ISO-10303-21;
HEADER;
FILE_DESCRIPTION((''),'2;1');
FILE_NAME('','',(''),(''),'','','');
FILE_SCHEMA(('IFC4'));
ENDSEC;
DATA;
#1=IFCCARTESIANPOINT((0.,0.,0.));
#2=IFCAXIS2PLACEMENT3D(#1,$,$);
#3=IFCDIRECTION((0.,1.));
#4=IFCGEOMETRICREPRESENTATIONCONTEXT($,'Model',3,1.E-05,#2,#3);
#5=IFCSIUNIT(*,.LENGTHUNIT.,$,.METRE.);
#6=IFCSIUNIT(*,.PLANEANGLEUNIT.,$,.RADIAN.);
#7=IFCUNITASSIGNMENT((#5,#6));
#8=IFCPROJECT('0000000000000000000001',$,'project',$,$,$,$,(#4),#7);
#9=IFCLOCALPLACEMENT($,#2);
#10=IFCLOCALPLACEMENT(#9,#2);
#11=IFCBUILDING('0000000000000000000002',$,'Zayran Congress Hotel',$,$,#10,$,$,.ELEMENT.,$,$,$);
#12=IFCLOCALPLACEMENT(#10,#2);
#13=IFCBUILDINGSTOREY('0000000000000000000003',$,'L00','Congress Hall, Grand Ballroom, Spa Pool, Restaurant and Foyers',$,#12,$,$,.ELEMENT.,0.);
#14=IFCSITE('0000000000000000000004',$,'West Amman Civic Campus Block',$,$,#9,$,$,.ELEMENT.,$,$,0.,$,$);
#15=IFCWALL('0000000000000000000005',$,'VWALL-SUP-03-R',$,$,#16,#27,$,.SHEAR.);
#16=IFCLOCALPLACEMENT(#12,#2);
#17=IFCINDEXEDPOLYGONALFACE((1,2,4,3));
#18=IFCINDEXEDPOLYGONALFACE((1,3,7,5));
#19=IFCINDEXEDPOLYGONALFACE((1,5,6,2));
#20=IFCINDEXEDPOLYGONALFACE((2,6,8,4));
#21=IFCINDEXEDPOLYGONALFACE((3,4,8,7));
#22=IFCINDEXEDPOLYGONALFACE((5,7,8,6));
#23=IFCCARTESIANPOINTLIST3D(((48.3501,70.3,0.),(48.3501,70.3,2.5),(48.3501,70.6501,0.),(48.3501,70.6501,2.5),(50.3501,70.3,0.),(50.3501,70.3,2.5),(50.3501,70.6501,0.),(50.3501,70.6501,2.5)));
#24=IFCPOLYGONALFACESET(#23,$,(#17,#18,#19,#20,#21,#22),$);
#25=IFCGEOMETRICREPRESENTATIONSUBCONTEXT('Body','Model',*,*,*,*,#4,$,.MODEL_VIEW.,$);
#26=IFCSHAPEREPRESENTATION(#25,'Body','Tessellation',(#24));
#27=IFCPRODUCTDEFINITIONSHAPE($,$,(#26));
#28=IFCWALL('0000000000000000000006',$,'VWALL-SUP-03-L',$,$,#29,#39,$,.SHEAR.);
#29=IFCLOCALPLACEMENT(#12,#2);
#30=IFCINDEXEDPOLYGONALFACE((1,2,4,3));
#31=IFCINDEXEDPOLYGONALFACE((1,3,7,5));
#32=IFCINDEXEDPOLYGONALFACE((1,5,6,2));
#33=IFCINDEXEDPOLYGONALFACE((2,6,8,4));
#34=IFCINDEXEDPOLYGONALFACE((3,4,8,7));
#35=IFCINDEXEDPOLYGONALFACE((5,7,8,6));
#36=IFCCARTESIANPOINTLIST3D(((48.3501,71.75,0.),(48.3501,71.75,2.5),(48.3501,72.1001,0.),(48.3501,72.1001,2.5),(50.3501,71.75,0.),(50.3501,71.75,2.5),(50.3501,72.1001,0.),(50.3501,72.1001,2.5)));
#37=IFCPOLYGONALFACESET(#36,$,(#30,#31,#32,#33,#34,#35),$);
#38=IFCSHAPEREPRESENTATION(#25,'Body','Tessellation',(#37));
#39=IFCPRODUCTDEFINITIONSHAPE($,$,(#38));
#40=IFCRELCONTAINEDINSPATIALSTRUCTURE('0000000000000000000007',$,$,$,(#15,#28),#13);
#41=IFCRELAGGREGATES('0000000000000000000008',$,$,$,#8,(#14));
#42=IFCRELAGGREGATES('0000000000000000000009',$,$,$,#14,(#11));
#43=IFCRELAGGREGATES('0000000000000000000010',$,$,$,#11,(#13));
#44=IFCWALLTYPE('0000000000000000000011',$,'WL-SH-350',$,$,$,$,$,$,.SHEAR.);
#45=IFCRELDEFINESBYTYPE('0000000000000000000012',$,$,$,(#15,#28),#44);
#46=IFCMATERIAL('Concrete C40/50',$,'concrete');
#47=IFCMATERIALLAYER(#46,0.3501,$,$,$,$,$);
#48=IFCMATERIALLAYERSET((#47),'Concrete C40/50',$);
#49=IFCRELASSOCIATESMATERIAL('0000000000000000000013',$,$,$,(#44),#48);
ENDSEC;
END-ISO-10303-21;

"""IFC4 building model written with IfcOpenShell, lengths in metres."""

from ifc_helpers import new_model, si_unit, direction, frame, frame_2d, origin, place, context, subcontext, project, spatial, rectangle, extrude, material, layer, layer_set, type_object, element, save


model = new_model("IFC4")

# Units and contexts
model_context = context("Model", 3, precision=1e-05, world=origin(), true_north=direction((0.0, 1.0)))
body_context = subcontext(model_context, "Body", "Model", "MODEL_VIEW")
ifc_project = project(units=[si_unit("LENGTHUNIT", "METRE"), si_unit("PLANEANGLEUNIT", "RADIAN")], contexts=[model_context])

# Site, building, storey
site_placement = place(None, origin())
site = spatial("IfcSite", under=ifc_project, at=site_placement, Name="West Amman Civic Campus Block", CompositionType="ELEMENT", RefElevation=0.0)
building_placement = place(site_placement, origin())
building = spatial("IfcBuilding", under=site, at=building_placement, Name="Zayran Congress Hotel", CompositionType="ELEMENT")
storey_placement = place(building_placement, origin())
storey = spatial("IfcBuildingStorey", under=building, at=storey_placement, Name="L00", Description="Congress Hall, Grand Ballroom, Spa Pool, Restaurant and Foyers", CompositionType="ELEMENT", Elevation=0.0)

# Shared definitions
ifc_material_1 = material(Name="Concrete C40/50", Category="concrete")

# Walls
ifc_layer_1 = layer(ifc_material_1, 0.3501)
ifc_layer_set_1 = layer_set([ifc_layer_1], Name="Concrete C40/50")
wall_type = type_object("IfcWallType", Name="WL-SH-350", PredefinedType="SHEAR", material=ifc_layer_set_1)
for number, where, z_axis, x_axis, name in (
    (1, (48.3501, 70.4751, 0.0), (0.0, 0.0, 1.0), (1.0, 0.0, 0.0), "VWALL-SUP-03-R"),
    (2, (48.3501, 71.925, 0.0), (0.0, 0.0, 1.0), (1.0, 0.0, 0.0), "VWALL-SUP-03-L"),
):
    element("IfcWall", number, at=place(storey_placement, frame(where, z_axis=z_axis, x_axis=x_axis)), inside=storey, type_object=wall_type, Name=name, PredefinedType="SHEAR", context=body_context, shape_type="SweptSolid", body=[
        extrude(rectangle(XDim=2.0, YDim=0.3501, at=frame_2d((1.0, 0.0))), origin(), (0.0, 0.0, 1.0), 2.5),
    ])

save(model, "model.ifc")
